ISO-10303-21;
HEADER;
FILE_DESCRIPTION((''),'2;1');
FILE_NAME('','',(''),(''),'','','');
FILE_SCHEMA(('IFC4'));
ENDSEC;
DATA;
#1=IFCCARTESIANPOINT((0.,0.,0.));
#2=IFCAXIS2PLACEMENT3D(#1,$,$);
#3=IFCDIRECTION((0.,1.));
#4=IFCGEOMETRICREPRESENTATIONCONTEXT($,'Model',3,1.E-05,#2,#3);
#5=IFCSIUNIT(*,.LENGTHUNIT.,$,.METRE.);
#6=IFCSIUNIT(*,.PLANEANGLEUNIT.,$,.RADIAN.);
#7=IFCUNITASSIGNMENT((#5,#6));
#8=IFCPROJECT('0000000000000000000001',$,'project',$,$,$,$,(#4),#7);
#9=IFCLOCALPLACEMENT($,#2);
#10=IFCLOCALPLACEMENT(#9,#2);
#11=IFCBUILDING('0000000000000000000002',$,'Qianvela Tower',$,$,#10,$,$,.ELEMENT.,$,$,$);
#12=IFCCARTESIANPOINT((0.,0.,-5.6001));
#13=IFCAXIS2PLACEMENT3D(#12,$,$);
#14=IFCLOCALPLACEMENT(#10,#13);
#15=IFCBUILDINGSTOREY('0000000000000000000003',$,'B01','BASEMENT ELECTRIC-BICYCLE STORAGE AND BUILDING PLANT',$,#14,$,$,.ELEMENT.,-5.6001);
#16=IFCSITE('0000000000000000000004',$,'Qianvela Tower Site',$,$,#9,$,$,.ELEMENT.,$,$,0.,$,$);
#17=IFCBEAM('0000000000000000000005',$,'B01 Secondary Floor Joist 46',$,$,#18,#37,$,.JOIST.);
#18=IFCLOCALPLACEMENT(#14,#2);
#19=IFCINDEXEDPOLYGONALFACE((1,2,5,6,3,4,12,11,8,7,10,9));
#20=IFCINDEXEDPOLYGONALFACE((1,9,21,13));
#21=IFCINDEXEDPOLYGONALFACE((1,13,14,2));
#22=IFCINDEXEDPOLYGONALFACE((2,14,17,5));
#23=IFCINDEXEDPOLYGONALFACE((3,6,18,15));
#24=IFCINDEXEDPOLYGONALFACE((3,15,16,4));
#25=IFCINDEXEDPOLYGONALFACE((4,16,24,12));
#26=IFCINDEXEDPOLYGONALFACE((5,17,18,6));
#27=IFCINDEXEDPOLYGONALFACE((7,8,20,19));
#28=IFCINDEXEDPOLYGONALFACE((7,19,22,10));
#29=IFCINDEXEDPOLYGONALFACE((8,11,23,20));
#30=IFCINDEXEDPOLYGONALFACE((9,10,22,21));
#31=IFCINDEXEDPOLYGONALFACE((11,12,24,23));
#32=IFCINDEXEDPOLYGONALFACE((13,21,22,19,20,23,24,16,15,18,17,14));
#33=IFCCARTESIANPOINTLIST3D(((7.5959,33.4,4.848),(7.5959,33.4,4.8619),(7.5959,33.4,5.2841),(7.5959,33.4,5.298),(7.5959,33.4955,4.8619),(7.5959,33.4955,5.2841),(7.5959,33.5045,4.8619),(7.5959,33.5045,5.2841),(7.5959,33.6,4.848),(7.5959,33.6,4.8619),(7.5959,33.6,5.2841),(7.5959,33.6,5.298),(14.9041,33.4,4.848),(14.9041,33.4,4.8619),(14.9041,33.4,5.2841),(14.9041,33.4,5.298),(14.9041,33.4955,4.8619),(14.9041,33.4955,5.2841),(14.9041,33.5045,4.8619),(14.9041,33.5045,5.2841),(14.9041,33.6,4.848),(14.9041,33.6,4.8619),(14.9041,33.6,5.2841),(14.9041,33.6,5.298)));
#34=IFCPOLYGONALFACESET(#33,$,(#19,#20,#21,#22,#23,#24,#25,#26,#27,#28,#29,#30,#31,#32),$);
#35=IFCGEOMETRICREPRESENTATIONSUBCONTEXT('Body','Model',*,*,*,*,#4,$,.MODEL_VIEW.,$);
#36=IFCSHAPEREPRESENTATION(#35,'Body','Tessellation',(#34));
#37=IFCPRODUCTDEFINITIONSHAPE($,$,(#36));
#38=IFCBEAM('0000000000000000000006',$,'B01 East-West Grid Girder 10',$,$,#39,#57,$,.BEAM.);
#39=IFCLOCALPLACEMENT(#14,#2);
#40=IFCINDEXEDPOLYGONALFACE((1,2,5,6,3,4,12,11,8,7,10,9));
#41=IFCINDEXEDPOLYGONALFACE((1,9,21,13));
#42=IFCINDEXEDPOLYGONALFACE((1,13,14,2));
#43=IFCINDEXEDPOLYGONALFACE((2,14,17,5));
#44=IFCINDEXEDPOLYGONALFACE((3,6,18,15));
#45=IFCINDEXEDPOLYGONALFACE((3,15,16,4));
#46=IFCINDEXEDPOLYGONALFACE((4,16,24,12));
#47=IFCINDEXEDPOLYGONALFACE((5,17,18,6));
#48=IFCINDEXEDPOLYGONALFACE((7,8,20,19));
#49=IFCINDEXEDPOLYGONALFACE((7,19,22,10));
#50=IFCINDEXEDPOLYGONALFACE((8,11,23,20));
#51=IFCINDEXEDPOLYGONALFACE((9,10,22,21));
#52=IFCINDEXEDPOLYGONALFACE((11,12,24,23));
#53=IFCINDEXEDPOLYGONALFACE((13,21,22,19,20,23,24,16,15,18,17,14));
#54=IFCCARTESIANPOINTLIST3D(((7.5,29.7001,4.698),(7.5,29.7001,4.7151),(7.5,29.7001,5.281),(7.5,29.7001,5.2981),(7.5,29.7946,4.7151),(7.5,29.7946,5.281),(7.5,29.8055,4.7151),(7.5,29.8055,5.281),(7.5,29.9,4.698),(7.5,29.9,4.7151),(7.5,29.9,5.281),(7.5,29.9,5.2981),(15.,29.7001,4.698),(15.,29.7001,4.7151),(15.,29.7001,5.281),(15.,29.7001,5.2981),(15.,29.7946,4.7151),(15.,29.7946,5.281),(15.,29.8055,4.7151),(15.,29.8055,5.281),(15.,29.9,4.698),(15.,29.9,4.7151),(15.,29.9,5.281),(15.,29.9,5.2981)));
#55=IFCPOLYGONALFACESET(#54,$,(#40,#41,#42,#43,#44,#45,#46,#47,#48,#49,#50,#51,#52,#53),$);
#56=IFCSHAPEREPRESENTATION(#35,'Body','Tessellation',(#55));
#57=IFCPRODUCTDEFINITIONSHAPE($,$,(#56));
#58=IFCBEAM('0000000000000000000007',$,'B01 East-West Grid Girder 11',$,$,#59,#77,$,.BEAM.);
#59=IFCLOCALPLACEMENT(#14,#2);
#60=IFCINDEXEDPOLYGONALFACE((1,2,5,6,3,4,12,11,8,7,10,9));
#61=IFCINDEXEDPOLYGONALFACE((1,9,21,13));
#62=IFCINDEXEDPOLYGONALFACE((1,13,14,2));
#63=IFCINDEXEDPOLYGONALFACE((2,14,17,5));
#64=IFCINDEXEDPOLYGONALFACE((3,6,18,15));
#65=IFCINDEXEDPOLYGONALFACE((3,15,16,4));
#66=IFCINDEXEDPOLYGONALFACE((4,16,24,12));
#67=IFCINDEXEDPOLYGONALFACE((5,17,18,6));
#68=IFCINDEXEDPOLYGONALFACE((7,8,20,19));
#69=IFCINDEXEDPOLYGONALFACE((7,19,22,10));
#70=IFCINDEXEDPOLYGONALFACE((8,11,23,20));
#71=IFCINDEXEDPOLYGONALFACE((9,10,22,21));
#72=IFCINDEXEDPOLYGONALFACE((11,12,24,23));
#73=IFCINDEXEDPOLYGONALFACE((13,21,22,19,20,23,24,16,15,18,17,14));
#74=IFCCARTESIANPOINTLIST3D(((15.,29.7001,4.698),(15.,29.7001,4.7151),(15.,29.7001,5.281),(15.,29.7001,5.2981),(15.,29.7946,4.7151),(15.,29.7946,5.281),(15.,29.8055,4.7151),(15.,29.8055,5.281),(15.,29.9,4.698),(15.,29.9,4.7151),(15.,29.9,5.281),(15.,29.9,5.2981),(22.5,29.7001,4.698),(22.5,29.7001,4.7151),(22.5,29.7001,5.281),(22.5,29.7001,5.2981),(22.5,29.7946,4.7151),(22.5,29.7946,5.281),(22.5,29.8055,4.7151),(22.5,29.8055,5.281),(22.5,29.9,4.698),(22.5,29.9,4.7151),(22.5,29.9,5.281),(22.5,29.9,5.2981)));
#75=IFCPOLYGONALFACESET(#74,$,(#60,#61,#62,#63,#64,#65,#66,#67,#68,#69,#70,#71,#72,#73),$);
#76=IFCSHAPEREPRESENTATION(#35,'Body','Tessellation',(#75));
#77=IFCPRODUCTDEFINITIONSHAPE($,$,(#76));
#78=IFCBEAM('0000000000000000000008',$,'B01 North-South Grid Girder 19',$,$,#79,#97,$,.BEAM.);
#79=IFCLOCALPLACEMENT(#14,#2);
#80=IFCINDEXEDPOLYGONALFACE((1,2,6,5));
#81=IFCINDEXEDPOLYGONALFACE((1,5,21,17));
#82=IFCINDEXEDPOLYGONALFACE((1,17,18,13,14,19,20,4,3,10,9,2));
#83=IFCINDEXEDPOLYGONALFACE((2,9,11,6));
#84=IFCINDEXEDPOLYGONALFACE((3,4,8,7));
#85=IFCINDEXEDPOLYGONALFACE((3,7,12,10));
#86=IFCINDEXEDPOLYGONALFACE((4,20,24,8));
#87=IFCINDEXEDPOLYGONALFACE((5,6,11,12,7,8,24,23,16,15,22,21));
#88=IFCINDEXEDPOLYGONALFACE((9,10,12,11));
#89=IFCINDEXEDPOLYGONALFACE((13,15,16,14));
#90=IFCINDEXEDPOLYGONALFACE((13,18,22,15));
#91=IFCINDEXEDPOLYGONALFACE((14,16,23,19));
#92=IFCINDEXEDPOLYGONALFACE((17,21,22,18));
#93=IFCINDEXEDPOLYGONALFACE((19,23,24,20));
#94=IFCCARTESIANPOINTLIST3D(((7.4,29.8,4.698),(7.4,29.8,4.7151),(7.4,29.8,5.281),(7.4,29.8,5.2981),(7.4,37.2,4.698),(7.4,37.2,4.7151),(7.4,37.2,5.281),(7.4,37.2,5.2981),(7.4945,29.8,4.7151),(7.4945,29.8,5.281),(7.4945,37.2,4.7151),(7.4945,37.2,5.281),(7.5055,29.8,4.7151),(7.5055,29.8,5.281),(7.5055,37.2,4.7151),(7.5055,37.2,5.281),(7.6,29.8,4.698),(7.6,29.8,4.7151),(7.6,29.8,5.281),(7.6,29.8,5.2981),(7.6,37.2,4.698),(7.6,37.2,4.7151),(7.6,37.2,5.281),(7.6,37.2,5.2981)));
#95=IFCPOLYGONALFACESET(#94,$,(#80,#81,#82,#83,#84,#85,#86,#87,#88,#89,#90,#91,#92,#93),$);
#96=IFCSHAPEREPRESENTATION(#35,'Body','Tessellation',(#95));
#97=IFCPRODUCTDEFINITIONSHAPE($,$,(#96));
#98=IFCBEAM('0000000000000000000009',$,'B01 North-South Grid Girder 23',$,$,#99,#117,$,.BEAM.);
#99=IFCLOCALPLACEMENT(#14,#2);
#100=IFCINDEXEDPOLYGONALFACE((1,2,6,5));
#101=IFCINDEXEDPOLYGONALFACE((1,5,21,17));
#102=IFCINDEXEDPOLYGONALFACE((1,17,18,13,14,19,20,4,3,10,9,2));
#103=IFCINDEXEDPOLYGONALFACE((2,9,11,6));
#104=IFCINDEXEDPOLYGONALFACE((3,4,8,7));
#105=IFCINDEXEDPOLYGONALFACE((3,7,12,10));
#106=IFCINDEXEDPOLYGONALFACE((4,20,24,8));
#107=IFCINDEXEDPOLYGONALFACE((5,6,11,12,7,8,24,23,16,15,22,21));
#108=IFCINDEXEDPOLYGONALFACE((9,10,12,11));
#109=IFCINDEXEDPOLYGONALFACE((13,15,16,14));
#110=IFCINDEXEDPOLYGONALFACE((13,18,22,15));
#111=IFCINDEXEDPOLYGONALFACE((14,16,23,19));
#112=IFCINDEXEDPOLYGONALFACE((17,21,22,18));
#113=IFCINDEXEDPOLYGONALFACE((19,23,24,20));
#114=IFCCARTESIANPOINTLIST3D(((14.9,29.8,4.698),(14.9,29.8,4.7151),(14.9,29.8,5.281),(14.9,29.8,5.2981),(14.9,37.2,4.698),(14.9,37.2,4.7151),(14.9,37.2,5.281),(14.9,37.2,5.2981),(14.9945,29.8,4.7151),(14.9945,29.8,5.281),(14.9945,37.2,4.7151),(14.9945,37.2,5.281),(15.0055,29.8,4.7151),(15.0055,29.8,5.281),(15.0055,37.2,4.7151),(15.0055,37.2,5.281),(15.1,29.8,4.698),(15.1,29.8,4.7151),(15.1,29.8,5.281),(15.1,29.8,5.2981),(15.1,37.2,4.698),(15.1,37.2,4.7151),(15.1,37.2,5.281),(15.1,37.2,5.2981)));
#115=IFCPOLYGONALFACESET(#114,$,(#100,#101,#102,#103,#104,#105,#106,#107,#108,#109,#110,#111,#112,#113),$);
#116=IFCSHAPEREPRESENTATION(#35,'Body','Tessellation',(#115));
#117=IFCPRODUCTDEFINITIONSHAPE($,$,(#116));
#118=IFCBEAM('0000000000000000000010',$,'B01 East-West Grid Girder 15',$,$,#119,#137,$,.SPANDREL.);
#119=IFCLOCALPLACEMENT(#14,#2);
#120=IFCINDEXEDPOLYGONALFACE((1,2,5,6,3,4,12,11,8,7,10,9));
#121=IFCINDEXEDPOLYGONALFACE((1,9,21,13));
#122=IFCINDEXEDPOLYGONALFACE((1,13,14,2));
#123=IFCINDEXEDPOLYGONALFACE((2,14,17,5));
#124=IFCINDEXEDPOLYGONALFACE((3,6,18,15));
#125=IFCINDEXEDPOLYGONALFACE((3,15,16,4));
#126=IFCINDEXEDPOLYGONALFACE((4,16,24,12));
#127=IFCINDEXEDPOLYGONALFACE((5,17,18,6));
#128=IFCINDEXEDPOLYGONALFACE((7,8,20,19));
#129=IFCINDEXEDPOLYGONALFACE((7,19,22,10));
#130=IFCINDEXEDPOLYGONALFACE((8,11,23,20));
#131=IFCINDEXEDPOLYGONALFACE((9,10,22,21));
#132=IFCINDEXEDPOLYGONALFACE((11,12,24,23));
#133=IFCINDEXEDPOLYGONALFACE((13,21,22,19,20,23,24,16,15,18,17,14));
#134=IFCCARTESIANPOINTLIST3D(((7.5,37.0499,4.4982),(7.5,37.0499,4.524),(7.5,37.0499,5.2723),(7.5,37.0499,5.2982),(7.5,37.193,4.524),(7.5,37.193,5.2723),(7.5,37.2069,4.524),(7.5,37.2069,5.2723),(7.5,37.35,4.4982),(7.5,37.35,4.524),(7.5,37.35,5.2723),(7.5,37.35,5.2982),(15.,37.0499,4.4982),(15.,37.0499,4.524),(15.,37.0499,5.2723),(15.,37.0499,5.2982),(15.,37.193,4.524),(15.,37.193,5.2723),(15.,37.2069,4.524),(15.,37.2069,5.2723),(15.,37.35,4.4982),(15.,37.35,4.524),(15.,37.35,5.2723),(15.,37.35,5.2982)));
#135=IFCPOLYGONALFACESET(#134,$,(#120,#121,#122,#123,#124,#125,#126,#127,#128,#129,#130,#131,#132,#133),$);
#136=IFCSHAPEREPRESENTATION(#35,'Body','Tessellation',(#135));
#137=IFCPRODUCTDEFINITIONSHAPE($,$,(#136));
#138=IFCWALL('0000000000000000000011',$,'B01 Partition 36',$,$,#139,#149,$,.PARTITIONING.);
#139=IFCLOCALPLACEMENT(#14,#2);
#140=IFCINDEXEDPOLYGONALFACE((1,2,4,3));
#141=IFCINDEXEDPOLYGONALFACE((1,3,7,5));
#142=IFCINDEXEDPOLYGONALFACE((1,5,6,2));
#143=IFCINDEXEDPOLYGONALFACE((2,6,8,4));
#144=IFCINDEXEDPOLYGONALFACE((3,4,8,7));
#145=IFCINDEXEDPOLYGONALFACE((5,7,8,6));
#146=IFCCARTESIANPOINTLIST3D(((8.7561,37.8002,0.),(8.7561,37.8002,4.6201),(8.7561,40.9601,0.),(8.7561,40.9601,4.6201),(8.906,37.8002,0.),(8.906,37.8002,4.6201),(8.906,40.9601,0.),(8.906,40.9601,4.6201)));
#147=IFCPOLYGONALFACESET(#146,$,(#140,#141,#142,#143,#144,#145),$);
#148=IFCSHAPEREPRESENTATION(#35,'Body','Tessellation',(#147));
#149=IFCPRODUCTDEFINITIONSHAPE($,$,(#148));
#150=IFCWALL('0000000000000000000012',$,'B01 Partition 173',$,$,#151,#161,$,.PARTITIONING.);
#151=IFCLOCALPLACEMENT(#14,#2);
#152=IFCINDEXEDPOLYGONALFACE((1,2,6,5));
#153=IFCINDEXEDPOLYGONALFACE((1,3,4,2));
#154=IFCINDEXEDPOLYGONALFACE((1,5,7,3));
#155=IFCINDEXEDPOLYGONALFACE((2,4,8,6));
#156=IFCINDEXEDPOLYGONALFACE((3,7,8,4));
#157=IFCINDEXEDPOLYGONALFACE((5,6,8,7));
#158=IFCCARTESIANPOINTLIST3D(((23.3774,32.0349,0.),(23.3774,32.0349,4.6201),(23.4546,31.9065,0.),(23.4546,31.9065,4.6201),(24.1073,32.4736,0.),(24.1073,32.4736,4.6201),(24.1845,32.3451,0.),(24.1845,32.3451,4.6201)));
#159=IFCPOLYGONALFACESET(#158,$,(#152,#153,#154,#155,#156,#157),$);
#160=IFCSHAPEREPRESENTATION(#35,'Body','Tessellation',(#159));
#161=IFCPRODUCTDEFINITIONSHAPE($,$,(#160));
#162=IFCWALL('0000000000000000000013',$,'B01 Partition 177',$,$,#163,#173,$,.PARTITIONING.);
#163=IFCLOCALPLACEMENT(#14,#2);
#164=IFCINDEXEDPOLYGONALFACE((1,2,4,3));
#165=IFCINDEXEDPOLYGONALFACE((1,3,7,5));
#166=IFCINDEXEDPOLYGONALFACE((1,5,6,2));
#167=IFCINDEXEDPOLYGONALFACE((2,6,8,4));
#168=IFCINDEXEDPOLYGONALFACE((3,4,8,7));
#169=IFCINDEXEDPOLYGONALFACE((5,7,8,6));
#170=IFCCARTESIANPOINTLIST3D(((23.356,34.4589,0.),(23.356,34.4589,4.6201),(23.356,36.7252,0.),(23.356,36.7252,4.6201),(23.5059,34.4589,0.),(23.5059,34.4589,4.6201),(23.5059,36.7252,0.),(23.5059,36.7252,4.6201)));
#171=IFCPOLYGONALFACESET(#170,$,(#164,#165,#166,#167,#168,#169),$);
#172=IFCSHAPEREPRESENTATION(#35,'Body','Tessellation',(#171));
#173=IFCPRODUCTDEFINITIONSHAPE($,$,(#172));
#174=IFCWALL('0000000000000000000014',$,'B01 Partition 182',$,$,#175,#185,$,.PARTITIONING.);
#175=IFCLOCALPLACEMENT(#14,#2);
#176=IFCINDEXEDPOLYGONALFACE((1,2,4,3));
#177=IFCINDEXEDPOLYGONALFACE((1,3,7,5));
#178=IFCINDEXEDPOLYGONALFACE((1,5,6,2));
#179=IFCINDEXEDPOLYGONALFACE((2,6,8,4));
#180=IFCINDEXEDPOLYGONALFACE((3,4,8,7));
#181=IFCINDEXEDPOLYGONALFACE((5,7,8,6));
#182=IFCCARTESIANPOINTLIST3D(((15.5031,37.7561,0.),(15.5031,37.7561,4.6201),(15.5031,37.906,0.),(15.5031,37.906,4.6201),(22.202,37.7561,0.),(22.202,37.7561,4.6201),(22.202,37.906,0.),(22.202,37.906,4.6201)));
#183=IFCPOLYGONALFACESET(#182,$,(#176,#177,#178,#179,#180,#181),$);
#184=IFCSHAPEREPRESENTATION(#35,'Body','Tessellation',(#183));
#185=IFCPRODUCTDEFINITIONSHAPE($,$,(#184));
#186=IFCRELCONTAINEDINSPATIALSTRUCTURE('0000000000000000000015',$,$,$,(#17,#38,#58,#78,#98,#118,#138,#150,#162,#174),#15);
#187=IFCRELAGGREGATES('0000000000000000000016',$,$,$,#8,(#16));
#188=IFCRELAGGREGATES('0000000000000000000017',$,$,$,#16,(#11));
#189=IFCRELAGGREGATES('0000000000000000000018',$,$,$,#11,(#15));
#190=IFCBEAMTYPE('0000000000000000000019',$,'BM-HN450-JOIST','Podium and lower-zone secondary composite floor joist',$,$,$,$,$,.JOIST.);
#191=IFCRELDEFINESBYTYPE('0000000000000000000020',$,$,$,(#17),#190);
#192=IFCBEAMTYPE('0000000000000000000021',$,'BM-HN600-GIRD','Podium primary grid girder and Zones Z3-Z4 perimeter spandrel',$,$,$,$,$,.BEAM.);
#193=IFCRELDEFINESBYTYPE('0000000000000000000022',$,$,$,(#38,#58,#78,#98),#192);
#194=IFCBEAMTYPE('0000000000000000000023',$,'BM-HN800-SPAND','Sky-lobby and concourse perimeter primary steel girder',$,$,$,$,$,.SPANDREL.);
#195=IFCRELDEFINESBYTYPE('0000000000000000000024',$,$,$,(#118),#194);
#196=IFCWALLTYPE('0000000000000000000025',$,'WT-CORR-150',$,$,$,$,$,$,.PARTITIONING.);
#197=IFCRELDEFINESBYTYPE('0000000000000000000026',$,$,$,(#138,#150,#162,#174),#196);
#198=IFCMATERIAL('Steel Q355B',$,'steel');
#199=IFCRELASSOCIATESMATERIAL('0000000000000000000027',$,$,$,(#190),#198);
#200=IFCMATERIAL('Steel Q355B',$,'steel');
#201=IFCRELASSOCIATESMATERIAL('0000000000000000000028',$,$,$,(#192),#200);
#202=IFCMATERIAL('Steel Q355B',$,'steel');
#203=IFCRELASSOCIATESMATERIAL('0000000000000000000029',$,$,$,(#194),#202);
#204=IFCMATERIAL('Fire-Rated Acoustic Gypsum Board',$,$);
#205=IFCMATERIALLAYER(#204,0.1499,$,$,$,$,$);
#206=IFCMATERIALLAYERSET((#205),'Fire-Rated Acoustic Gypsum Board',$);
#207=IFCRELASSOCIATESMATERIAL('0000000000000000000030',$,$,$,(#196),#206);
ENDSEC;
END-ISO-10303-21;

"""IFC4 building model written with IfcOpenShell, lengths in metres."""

from ifc_helpers import new_model, si_unit, direction, frame, frame_2d, origin, origin_2d, place, context, subcontext, project, spatial, rectangle, i_section, extrude, material, layer, layer_set, material_profile, profile_set, type_object, element, save


model = new_model("IFC4")

# Units and contexts
model_context = context("Model", 3, precision=1e-05, world=origin(), true_north=direction((0.0, 1.0)))
body_context = subcontext(model_context, "Body", "Model", "MODEL_VIEW")
ifc_project = project(units=[si_unit("LENGTHUNIT", "METRE"), si_unit("PLANEANGLEUNIT", "RADIAN")], contexts=[model_context])

# Site, building, storey
site_placement = place(None, origin())
site = spatial("IfcSite", under=ifc_project, at=site_placement, Name="Qianvela Tower Site", CompositionType="ELEMENT", RefElevation=0.0)
building_placement = place(site_placement, origin())
building = spatial("IfcBuilding", under=site, at=building_placement, Name="Qianvela Tower", CompositionType="ELEMENT")
storey_placement = place(building_placement, frame((0.0, 0.0, -5.6001)))
storey = spatial("IfcBuildingStorey", under=building, at=storey_placement, Name="B01", Description="BASEMENT ELECTRIC-BICYCLE STORAGE AND BUILDING PLANT", CompositionType="ELEMENT", Elevation=-5.6001)

# Beams
ifc_material_1 = material(Name="Steel Q355B", Category="steel")
ifc_material_profile_1 = material_profile(ifc_material_1, i_section(OverallWidth=0.2, OverallDepth=0.45, WebThickness=0.009, FlangeThickness=0.0139, at=origin_2d()), Name="HN450x200x9x14")
ifc_profile_set_1 = profile_set([ifc_material_profile_1], Name="Steel Q355B")
beam_type_1 = type_object("IfcBeamType", Name="BM-HN450-JOIST", Description="Podium and lower-zone secondary composite floor joist", PredefinedType="JOIST", material=ifc_profile_set_1)
beam_1_placement = place(storey_placement, frame((7.5959, 33.5, 5.073), z_axis=(1.0, 0.0, 0.0), x_axis=(0.0, 1.0, 0.0)))
element("IfcBeam", 1, at=beam_1_placement, inside=storey, type_object=beam_type_1, Name="B01 Secondary Floor Joist 46", PredefinedType="JOIST", context=body_context, shape_type="SweptSolid", body=[
    extrude(i_section(OverallWidth=0.2, OverallDepth=0.45, WebThickness=0.009, FlangeThickness=0.0139, at=origin_2d()), origin(), (0.0, 0.0, 1.0), 7.3081),
])
ifc_material_2 = material(Name="Steel Q355B", Category="steel")
ifc_material_profile_2 = material_profile(ifc_material_2, i_section(OverallWidth=0.2, OverallDepth=0.6001, WebThickness=0.011, FlangeThickness=0.0171, at=origin_2d()), Name="HN600x200x11x17")
ifc_profile_set_2 = profile_set([ifc_material_profile_2], Name="Steel Q355B")
beam_type_2 = type_object("IfcBeamType", Name="BM-HN600-GIRD", Description="Podium primary grid girder and Zones Z3-Z4 perimeter spandrel", PredefinedType="BEAM", material=ifc_profile_set_2)
for number, where, z_axis, x_axis, name in (
    (2, (7.5, 29.8, 4.998), (1.0, 0.0, 0.0), (0.0, 1.0, 0.0), "B01 East-West Grid Girder 10"),
    (3, (15.0, 29.8, 4.998), (1.0, 0.0, 0.0), (0.0, 1.0, 0.0), "B01 East-West Grid Girder 11"),
):
    element("IfcBeam", number, at=place(storey_placement, frame(where, z_axis=z_axis, x_axis=x_axis)), inside=storey, type_object=beam_type_2, Name=name, PredefinedType="BEAM", context=body_context, shape_type="SweptSolid", body=[
        extrude(i_section(OverallWidth=0.2, OverallDepth=0.6001, WebThickness=0.011, FlangeThickness=0.0171, at=origin_2d()), origin(), (0.0, 0.0, 1.0), 7.5),
    ])
for number, where, z_axis, x_axis, name in (
    (4, (7.5, 29.8, 4.998), (0.0, 1.0, 0.0), (-1.0, 0.0, 0.0), "B01 North-South Grid Girder 19"),
    (5, (15.0, 29.8, 4.998), (0.0, 1.0, 0.0), (-1.0, 0.0, 0.0), "B01 North-South Grid Girder 23"),
):
    element("IfcBeam", number, at=place(storey_placement, frame(where, z_axis=z_axis, x_axis=x_axis)), inside=storey, type_object=beam_type_2, Name=name, PredefinedType="BEAM", context=body_context, shape_type="SweptSolid", body=[
        extrude(i_section(OverallWidth=0.2, OverallDepth=0.6001, WebThickness=0.011, FlangeThickness=0.0171, at=origin_2d()), origin(), (0.0, 0.0, 1.0), 7.3999),
    ])
ifc_material_3 = material(Name="Steel Q355B", Category="steel")
ifc_material_profile_3 = material_profile(ifc_material_3, i_section(OverallWidth=0.3, OverallDepth=0.8, WebThickness=0.0139, FlangeThickness=0.0259, at=origin_2d()), Name="HN800x300x14x26")
ifc_profile_set_3 = profile_set([ifc_material_profile_3], Name="Steel Q355B")
beam_type_3 = type_object("IfcBeamType", Name="BM-HN800-SPAND", Description="Sky-lobby and concourse perimeter primary steel girder", PredefinedType="SPANDREL", material=ifc_profile_set_3)
beam_2_placement = place(storey_placement, frame((7.5, 37.2, 4.8982), z_axis=(1.0, 0.0, 0.0), x_axis=(0.0, 1.0, 0.0)))
element("IfcBeam", 6, at=beam_2_placement, inside=storey, type_object=beam_type_3, Name="B01 East-West Grid Girder 15", PredefinedType="SPANDREL", context=body_context, shape_type="SweptSolid", body=[
    extrude(i_section(OverallWidth=0.3, OverallDepth=0.8, WebThickness=0.0139, FlangeThickness=0.0259, at=origin_2d()), origin(), (0.0, 0.0, 1.0), 7.5),
])

# Walls
ifc_material_4 = material(Name="Fire-Rated Acoustic Gypsum Board")
ifc_layer_1 = layer(ifc_material_4, 0.1499)
ifc_layer_set_1 = layer_set([ifc_layer_1], Name="Fire-Rated Acoustic Gypsum Board")
wall_type_1 = type_object("IfcWallType", Name="WT-CORR-150", PredefinedType="PARTITIONING", material=ifc_layer_set_1)
wall_1_placement = place(storey_placement, frame((8.8311, 37.8, 0.0), z_axis=(0.0, 0.0, 1.0), x_axis=(0.0, 1.0, 0.0)))
element("IfcWall", 7, at=wall_1_placement, inside=storey, type_object=wall_type_1, Name="B01 Partition 36", PredefinedType="PARTITIONING", context=body_context, shape_type="SweptSolid", body=[
    extrude(rectangle(XDim=3.1599, YDim=0.1499, at=frame_2d((1.5801, 0.0))), origin(), (0.0, 0.0, 1.0), 4.6201),
])
wall_2_placement = place(storey_placement, frame((23.416, 31.9707, 0.0), z_axis=(0.0, 0.0, 1.0), x_axis=(0.857113, 0.515128, 0.0)))
element("IfcWall", 8, at=wall_2_placement, inside=storey, type_object=wall_type_1, Name="B01 Partition 173", PredefinedType="PARTITIONING", context=body_context, shape_type="SweptSolid", body=[
    extrude(rectangle(XDim=0.8516, YDim=0.1499, at=frame_2d((0.4258, 0.0))), origin(), (0.0, 0.0, 1.0), 4.6201),
])
wall_3_placement = place(storey_placement, frame((23.4309, 34.4587, 0.0), z_axis=(0.0, 0.0, 1.0), x_axis=(0.0, 1.0, 0.0)))
element("IfcWall", 9, at=wall_3_placement, inside=storey, type_object=wall_type_1, Name="B01 Partition 177", PredefinedType="PARTITIONING", context=body_context, shape_type="SweptSolid", body=[
    extrude(rectangle(XDim=2.2664, YDim=0.1499, at=frame_2d((1.1333, 0.0))), origin(), (0.0, 0.0, 1.0), 4.6201),
])
wall_4_placement = place(storey_placement, frame((22.2021, 37.8311, 0.0), z_axis=(0.0, 0.0, 1.0), x_axis=(-1.0, 0.0, 0.0)))
element("IfcWall", 10, at=wall_4_placement, inside=storey, type_object=wall_type_1, Name="B01 Partition 182", PredefinedType="PARTITIONING", context=body_context, shape_type="SweptSolid", body=[
    extrude(rectangle(XDim=6.699, YDim=0.1499, at=frame_2d((3.3496, 0.0))), origin(), (0.0, 0.0, 1.0), 4.6201),
])

save(model, "model.ifc")
